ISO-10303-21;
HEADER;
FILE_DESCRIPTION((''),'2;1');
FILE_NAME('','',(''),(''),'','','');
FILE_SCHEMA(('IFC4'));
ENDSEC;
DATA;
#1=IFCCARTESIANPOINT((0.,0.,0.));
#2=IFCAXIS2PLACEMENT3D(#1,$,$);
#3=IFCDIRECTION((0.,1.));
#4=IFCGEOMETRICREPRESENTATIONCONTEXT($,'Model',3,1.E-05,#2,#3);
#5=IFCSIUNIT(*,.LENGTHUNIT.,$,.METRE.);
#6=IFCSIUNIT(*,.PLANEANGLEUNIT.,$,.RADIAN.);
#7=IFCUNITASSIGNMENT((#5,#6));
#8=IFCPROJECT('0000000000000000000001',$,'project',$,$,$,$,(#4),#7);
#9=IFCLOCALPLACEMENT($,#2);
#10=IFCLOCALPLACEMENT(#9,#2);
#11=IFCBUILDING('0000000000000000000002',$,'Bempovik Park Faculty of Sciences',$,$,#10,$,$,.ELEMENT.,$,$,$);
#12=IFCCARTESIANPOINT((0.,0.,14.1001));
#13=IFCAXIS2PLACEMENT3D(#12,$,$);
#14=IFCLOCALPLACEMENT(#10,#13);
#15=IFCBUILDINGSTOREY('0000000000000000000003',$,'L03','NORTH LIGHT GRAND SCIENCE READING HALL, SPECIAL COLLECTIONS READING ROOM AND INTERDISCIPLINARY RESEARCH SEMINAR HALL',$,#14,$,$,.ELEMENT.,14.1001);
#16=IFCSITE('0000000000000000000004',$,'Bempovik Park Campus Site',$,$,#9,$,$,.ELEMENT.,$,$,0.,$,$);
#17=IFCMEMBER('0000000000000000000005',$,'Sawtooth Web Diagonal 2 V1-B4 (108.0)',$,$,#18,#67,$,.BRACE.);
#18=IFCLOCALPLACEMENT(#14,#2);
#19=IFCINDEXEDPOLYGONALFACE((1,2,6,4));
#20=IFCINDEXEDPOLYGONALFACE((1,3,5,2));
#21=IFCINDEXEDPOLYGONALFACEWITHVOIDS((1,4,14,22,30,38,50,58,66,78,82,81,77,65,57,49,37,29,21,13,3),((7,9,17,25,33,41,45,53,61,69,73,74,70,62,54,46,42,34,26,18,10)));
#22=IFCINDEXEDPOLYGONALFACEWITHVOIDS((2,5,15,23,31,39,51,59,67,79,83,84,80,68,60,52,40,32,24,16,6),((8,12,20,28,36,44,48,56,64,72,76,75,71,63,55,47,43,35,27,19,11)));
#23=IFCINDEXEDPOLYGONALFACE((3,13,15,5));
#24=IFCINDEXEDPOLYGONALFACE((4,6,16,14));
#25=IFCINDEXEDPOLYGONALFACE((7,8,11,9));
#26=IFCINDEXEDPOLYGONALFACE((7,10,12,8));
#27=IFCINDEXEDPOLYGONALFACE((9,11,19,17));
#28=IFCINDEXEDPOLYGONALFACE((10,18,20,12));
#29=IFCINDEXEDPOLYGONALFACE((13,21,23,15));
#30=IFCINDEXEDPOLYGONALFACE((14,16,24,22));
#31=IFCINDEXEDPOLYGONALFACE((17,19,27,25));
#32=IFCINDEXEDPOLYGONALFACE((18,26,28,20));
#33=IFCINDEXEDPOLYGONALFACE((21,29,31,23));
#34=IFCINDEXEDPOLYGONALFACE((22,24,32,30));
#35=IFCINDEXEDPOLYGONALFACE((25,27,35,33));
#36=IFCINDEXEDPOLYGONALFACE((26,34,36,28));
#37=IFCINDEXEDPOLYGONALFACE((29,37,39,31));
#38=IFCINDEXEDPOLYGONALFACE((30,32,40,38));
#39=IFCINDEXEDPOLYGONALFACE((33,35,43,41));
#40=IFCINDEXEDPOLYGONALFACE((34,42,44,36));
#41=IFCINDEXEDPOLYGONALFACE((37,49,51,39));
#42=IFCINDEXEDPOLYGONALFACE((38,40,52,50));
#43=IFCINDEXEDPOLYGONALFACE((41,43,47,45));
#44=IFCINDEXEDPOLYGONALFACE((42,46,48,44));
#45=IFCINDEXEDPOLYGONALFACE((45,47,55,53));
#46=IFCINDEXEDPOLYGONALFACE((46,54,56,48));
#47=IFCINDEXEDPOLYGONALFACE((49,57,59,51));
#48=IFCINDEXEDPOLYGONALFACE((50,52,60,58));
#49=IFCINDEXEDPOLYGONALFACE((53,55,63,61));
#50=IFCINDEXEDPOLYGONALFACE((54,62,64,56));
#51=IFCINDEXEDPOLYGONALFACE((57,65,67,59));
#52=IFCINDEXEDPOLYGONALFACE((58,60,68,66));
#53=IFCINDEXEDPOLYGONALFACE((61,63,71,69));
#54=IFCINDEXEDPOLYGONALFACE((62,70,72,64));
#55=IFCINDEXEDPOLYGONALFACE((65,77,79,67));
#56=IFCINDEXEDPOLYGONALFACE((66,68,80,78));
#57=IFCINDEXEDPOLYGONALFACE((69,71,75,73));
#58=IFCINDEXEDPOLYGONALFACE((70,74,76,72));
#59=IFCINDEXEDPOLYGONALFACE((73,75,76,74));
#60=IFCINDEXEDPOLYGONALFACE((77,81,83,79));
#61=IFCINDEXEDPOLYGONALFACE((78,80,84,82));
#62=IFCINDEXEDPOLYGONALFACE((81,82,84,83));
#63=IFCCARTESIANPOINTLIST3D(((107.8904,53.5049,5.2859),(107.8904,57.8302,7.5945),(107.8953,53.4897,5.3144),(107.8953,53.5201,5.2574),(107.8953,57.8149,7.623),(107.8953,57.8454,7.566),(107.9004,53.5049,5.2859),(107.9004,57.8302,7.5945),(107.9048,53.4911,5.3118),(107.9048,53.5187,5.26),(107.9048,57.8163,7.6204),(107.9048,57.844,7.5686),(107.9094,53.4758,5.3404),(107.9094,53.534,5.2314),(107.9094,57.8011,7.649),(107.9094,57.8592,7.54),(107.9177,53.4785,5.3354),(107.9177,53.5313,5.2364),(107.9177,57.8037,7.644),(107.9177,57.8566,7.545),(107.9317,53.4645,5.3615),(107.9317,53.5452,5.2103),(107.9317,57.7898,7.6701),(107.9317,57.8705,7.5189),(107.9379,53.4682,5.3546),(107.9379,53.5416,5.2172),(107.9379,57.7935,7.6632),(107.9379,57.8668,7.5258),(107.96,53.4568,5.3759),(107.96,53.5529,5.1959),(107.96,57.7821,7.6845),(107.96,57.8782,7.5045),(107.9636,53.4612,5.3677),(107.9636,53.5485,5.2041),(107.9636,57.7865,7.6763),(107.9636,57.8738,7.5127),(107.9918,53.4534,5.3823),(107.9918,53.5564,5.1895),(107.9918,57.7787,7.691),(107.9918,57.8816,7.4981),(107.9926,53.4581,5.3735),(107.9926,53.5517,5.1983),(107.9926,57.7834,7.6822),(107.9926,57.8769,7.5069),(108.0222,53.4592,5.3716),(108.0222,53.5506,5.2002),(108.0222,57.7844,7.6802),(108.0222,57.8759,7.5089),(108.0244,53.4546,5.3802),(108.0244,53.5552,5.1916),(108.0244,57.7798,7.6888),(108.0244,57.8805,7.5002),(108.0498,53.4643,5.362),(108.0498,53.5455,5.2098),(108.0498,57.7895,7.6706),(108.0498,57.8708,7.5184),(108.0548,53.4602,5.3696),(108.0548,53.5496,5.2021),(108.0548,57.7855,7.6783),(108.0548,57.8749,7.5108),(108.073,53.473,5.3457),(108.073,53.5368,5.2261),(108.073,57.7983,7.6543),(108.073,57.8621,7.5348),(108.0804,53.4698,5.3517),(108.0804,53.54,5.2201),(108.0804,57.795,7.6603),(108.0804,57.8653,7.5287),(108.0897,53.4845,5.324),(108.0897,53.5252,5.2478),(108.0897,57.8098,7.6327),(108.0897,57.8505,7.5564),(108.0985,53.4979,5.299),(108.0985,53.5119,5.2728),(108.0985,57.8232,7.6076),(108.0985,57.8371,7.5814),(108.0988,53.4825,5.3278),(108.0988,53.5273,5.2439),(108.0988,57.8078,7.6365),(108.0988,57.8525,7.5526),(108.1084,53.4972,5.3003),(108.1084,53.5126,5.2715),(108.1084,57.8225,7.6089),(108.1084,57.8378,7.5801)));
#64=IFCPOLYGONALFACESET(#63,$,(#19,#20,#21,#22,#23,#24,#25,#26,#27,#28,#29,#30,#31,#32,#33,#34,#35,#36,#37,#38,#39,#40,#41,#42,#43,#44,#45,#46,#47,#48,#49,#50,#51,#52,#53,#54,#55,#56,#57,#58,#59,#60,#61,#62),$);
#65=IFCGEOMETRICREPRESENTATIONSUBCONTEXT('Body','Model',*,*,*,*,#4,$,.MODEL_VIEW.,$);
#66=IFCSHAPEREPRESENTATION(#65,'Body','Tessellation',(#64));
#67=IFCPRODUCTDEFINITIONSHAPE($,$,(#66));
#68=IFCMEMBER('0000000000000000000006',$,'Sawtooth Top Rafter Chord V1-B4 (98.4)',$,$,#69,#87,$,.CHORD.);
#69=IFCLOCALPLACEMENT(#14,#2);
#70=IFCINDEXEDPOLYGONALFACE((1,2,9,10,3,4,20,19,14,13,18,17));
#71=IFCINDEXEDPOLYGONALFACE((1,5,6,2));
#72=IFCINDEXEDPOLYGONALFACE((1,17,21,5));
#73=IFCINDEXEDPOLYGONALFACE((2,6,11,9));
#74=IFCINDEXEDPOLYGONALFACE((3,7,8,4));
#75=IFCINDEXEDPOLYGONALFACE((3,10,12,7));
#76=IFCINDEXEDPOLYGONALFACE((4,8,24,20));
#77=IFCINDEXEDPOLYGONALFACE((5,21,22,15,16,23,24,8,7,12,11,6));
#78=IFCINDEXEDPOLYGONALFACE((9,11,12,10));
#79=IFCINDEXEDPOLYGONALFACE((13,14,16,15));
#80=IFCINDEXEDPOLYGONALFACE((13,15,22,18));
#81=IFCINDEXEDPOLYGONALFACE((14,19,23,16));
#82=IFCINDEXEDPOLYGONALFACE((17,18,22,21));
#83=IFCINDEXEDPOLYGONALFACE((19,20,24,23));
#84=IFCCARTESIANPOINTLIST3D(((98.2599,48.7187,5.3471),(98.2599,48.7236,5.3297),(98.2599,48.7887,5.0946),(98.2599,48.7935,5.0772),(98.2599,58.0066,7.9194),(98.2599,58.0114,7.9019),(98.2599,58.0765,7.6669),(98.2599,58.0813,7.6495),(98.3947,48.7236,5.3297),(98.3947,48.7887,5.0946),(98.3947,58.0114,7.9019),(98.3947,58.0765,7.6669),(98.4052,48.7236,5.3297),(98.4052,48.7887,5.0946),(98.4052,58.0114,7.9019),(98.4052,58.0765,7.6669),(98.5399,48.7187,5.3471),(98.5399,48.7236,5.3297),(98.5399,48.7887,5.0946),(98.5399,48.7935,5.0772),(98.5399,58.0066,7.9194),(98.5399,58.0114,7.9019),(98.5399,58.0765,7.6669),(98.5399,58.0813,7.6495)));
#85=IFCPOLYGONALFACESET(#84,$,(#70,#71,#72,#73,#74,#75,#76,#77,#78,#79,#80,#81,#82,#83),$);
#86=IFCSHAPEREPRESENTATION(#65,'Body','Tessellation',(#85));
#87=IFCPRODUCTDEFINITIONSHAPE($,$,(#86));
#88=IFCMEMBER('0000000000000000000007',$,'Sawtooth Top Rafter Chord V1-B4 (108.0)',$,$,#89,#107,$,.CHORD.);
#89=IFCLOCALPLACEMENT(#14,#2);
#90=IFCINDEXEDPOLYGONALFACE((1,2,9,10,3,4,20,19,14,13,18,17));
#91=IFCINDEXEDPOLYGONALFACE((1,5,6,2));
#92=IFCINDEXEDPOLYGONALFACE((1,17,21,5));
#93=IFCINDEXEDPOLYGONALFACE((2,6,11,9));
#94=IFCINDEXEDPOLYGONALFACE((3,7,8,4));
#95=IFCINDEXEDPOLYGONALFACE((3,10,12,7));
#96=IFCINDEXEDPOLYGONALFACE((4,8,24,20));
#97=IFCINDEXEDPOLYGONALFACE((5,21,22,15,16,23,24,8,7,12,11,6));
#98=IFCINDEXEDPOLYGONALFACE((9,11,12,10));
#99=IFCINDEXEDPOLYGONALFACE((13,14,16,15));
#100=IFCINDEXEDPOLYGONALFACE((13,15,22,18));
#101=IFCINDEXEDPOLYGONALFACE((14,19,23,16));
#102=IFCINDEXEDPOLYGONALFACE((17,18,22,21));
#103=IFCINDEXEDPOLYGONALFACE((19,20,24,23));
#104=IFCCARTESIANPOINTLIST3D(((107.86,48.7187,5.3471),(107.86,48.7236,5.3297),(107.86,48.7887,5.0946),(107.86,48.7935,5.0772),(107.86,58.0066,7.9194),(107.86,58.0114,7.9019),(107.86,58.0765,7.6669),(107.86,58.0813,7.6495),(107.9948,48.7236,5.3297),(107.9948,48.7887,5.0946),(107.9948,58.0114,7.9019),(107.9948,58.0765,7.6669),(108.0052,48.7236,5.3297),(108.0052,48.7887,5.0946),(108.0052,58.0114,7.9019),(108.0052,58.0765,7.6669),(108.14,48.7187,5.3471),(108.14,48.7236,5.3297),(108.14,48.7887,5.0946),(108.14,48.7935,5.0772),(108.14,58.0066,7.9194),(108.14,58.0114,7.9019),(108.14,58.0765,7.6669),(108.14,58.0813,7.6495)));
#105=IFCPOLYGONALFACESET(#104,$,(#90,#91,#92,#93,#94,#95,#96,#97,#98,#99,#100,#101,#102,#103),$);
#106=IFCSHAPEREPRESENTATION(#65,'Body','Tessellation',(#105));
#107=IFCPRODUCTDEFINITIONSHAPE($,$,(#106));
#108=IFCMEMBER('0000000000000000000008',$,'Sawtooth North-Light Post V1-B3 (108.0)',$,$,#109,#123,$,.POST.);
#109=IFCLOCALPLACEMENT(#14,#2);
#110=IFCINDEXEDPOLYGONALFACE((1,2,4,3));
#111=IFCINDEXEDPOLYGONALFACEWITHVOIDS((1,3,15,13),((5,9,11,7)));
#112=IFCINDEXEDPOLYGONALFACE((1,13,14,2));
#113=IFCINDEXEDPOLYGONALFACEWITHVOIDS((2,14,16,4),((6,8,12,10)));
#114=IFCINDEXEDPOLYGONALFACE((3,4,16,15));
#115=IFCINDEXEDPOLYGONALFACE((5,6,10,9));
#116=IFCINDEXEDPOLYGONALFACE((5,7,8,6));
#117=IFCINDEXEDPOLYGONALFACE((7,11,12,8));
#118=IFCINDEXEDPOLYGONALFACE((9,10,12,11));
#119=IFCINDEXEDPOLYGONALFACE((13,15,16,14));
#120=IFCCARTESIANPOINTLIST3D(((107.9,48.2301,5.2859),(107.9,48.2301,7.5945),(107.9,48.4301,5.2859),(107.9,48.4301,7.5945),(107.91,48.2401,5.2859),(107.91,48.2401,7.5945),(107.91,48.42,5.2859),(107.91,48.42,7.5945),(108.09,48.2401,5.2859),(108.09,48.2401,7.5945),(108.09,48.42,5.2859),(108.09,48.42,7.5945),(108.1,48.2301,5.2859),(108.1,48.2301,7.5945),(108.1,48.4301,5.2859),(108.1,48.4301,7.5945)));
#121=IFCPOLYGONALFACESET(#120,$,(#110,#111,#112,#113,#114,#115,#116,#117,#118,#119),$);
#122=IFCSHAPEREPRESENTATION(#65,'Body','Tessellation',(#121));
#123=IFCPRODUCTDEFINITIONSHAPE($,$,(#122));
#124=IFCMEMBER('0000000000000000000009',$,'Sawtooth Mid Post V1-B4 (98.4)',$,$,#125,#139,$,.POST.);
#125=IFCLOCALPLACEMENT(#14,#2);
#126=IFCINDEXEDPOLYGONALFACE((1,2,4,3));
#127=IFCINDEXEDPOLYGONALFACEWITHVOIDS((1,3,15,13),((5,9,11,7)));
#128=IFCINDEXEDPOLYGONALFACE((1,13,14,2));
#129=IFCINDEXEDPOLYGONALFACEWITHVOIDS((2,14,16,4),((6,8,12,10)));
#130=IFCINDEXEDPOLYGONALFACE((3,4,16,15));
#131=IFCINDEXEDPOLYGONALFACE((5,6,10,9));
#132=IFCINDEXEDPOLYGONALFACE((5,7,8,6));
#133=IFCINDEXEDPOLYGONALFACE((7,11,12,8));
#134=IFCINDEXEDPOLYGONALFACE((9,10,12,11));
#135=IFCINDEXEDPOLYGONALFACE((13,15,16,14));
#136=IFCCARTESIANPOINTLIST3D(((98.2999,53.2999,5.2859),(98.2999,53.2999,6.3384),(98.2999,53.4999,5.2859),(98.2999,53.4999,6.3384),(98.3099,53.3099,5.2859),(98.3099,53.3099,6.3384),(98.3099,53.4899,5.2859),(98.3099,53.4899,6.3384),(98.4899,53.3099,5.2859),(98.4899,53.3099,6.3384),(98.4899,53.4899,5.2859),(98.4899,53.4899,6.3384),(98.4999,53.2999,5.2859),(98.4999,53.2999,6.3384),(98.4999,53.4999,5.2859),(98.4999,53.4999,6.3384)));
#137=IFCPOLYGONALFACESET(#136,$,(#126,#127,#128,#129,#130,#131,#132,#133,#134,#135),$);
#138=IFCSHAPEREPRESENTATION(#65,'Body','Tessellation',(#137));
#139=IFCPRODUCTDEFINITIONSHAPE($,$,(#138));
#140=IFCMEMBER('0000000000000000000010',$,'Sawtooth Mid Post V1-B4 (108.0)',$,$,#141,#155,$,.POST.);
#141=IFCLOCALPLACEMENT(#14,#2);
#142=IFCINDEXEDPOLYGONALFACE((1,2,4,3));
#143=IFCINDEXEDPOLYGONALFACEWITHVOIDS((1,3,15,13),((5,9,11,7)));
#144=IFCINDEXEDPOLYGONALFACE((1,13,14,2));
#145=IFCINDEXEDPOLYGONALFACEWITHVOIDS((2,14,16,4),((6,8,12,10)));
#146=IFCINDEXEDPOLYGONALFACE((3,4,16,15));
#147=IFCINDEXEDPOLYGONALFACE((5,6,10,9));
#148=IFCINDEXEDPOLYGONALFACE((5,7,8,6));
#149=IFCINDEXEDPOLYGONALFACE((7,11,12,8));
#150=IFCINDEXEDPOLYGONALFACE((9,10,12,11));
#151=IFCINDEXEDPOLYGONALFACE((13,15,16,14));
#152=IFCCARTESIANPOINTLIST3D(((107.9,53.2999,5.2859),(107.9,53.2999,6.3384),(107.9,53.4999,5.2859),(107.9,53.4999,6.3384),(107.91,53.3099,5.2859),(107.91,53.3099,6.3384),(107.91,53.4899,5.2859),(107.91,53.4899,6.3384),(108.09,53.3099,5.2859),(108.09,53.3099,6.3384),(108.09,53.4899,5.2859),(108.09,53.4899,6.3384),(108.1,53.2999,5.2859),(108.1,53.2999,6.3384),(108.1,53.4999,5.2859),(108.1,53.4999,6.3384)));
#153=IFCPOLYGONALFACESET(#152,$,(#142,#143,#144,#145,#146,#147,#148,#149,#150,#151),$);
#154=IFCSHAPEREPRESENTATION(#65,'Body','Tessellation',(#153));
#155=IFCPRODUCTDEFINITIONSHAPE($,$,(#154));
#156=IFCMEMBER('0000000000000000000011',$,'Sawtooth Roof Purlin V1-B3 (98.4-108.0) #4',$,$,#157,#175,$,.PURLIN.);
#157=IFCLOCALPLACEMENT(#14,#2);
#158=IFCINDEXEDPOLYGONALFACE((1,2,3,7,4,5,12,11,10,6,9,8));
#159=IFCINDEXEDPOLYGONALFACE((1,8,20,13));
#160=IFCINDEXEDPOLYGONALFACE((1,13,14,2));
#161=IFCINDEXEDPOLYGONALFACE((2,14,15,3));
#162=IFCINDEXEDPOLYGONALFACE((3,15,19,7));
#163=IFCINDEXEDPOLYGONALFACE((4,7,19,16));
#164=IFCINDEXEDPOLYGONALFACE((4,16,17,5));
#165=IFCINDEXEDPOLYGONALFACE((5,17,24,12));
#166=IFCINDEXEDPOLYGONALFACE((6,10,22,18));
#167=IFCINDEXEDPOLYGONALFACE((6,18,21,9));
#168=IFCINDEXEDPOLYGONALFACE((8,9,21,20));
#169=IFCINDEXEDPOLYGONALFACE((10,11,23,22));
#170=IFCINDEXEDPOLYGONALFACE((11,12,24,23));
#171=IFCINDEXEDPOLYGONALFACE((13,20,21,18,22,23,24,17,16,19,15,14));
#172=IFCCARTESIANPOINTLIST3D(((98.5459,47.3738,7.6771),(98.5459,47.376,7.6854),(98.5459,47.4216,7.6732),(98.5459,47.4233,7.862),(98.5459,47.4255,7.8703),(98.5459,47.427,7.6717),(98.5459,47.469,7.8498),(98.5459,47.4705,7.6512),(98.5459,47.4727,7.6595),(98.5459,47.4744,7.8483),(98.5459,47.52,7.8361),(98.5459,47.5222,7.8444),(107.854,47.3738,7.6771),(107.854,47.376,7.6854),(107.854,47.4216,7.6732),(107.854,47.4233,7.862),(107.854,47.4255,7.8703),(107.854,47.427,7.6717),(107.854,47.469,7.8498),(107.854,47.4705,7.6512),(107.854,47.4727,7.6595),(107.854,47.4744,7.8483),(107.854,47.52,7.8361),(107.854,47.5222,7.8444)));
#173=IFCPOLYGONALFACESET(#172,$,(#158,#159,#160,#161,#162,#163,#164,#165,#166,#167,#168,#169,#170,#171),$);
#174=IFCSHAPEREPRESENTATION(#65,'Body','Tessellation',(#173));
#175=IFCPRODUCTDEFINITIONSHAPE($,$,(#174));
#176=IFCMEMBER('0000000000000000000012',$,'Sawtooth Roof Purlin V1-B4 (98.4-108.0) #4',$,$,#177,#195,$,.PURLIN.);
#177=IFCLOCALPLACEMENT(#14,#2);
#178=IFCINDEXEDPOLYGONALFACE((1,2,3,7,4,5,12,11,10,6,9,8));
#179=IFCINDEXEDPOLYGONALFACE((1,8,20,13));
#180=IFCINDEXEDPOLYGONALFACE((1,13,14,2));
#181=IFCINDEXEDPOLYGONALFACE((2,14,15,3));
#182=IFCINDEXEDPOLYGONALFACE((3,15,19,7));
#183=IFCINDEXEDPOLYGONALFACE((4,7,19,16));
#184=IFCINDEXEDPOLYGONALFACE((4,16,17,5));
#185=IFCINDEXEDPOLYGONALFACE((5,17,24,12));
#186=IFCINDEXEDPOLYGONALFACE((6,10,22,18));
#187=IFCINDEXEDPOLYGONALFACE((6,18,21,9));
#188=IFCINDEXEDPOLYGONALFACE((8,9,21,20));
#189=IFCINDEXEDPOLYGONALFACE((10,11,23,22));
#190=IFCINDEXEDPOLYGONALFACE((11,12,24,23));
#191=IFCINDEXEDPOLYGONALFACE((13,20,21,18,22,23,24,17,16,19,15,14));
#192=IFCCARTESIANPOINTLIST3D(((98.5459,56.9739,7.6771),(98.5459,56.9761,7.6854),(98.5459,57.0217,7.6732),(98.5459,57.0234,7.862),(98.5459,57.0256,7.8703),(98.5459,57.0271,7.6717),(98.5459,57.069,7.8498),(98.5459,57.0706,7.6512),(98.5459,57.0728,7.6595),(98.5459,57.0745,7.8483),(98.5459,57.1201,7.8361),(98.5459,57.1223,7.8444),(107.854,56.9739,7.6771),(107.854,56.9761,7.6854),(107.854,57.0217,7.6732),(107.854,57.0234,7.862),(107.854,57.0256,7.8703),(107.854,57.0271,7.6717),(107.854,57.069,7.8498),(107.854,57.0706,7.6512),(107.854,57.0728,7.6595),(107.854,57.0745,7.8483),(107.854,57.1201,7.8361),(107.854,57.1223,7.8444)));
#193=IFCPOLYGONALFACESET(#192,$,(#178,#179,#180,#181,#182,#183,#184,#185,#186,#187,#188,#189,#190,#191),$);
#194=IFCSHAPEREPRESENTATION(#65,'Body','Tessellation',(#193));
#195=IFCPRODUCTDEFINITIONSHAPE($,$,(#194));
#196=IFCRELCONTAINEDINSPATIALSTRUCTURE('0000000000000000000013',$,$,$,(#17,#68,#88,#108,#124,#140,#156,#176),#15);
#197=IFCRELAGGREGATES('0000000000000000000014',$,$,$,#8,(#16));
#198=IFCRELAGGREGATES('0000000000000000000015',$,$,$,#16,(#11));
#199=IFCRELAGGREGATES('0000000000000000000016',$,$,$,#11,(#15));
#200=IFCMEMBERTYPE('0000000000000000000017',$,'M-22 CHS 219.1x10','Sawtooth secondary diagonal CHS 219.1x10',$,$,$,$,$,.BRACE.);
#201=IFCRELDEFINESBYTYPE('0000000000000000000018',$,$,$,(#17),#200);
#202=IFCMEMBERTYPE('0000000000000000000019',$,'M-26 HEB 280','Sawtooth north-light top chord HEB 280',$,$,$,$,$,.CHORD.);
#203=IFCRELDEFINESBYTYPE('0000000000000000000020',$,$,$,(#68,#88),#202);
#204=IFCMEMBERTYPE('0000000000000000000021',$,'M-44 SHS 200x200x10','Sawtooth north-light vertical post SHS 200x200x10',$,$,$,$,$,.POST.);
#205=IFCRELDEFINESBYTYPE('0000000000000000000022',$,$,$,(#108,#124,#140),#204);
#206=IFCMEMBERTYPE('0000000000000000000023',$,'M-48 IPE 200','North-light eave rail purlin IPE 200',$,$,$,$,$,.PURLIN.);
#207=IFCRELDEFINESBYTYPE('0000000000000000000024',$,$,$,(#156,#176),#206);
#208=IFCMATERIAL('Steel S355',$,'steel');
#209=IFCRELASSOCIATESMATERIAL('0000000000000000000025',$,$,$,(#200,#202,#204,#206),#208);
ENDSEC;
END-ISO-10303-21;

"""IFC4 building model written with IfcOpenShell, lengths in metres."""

from ifc_helpers import new_model, si_unit, direction, frame, origin, origin_2d, place, context, subcontext, project, spatial, hollow_rectangle, hollow_circle, i_section, extrude, material, material_profile, profile_set, type_object, element, save


model = new_model("IFC4")

# Units and contexts
model_context = context("Model", 3, precision=1e-05, world=origin(), true_north=direction((0.0, 1.0)))
body_context = subcontext(model_context, "Body", "Model", "MODEL_VIEW")
ifc_project = project(units=[si_unit("LENGTHUNIT", "METRE"), si_unit("PLANEANGLEUNIT", "RADIAN")], contexts=[model_context])

# Site, building, storey
site_placement = place(None, origin())
site = spatial("IfcSite", under=ifc_project, at=site_placement, Name="Bempovik Park Campus Site", CompositionType="ELEMENT", RefElevation=0.0)
building_placement = place(site_placement, origin())
building = spatial("IfcBuilding", under=site, at=building_placement, Name="Bempovik Park Faculty of Sciences", CompositionType="ELEMENT")
storey_placement = place(building_placement, frame((0.0, 0.0, 14.1001)))
storey = spatial("IfcBuildingStorey", under=building, at=storey_placement, Name="L03", Description="NORTH LIGHT GRAND SCIENCE READING HALL, SPECIAL COLLECTIONS READING ROOM AND INTERDISCIPLINARY RESEARCH SEMINAR HALL", CompositionType="ELEMENT", Elevation=14.1001)

# Shared definitions
ifc_material_1 = material(Name="Steel S355", Category="steel")

# Members
ifc_material_profile_1 = material_profile(ifc_material_1, hollow_circle(Radius=0.1096, WallThickness=0.01, at=origin_2d()), Name="CHS 219.1x10")
ifc_profile_set_1 = profile_set([ifc_material_profile_1], Name="Steel S355")
member_type_1 = type_object("IfcMemberType", Name="M-22 CHS 219.1x10", Description="Sawtooth secondary diagonal CHS 219.1x10", PredefinedType="BRACE", material=ifc_profile_set_1)
for number, where, z_axis, x_axis, name in (
    (1, (108.0, 53.5049, 5.2859), (0.0, 0.882199, 0.470878), (-1.0, 0.0, 0.0), "Sawtooth Web Diagonal 2 V1-B4 (108.0)"),
):
    element("IfcMember", number, at=place(storey_placement, frame(where, z_axis=z_axis, x_axis=x_axis)), inside=storey, type_object=member_type_1, Name=name, PredefinedType="BRACE", context=body_context, shape_type="SweptSolid", body=[
        extrude(hollow_circle(Radius=0.1096, WallThickness=0.01, at=origin_2d()), origin(), (0.0, 0.0, 1.0), 4.9028),
    ])
ifc_material_profile_2 = material_profile(ifc_material_1, i_section(OverallWidth=0.28, OverallDepth=0.28, WebThickness=0.0105, FlangeThickness=0.0181, at=origin_2d()), Name="HEB 280")
ifc_profile_set_2 = profile_set([ifc_material_profile_2], Name="Steel S355")
member_type_2 = type_object("IfcMemberType", Name="M-26 HEB 280", Description="Sawtooth north-light top chord HEB 280", PredefinedType="CHORD", material=ifc_profile_set_2)
for number, where, z_axis, x_axis, name in (
    (2, (98.3999, 48.7561, 5.2122), (0.0, 0.963723, 0.266903), (-1.0, 0.0, 0.0), "Sawtooth Top Rafter Chord V1-B4 (98.4)"),
    (3, (108.0, 48.7561, 5.2122), (0.0, 0.963723, 0.266903), (-1.0, 0.0, 0.0), "Sawtooth Top Rafter Chord V1-B4 (108.0)"),
):
    element("IfcMember", number, at=place(storey_placement, frame(where, z_axis=z_axis, x_axis=x_axis)), inside=storey, type_object=member_type_2, Name=name, PredefinedType="CHORD", context=body_context, shape_type="SweptSolid", body=[
        extrude(i_section(OverallWidth=0.28, OverallDepth=0.28, WebThickness=0.0105, FlangeThickness=0.0181, at=origin_2d()), origin(), (0.0, 0.0, 1.0), 9.6375),
    ])
ifc_material_profile_3 = material_profile(ifc_material_1, hollow_rectangle(XDim=0.2, YDim=0.2, WallThickness=0.01, at=origin_2d()), Name="SHS 200x200x10")
ifc_profile_set_3 = profile_set([ifc_material_profile_3], Name="Steel S355")
member_type_3 = type_object("IfcMemberType", Name="M-44 SHS 200x200x10", Description="Sawtooth north-light vertical post SHS 200x200x10", PredefinedType="POST", material=ifc_profile_set_3)
member_1_placement = place(storey_placement, frame((108.0, 48.3301, 5.2859), z_axis=(0.0, 0.0, 1.0), x_axis=(1.0, 0.0, 0.0)))
element("IfcMember", 4, at=member_1_placement, inside=storey, type_object=member_type_3, Name="Sawtooth North-Light Post V1-B3 (108.0)", PredefinedType="POST", context=body_context, shape_type="SweptSolid", body=[
    extrude(hollow_rectangle(XDim=0.2, YDim=0.2, WallThickness=0.01, at=origin_2d()), origin(), (0.0, 0.0, 1.0), 2.3086),
])
for number, where, z_axis, x_axis, name in (
    (5, (98.3999, 53.3999, 5.2859), (0.0, 0.0, 1.0), (1.0, 0.0, 0.0), "Sawtooth Mid Post V1-B4 (98.4)"),
    (6, (108.0, 53.3999, 5.2859), (0.0, 0.0, 1.0), (1.0, 0.0, 0.0), "Sawtooth Mid Post V1-B4 (108.0)"),
):
    element("IfcMember", number, at=place(storey_placement, frame(where, z_axis=z_axis, x_axis=x_axis)), inside=storey, type_object=member_type_3, Name=name, PredefinedType="POST", context=body_context, shape_type="SweptSolid", body=[
        extrude(hollow_rectangle(XDim=0.2, YDim=0.2, WallThickness=0.01, at=origin_2d()), origin(), (0.0, 0.0, 1.0), 1.0525),
    ])
ifc_material_profile_4 = material_profile(ifc_material_1, i_section(OverallWidth=0.1001, OverallDepth=0.2, WebThickness=0.0056, FlangeThickness=0.0085, at=origin_2d()), Name="IPE 200")
ifc_profile_set_4 = profile_set([ifc_material_profile_4], Name="Steel S355")
member_type_4 = type_object("IfcMemberType", Name="M-48 IPE 200", Description="North-light eave rail purlin IPE 200", PredefinedType="PURLIN", material=ifc_profile_set_4)
for number, where, z_axis, x_axis, name in (
    (7, (98.5459, 47.448, 7.7607), (1.0, 0.0, 0.0), (0.0, 0.965926, -0.258819), "Sawtooth Roof Purlin V1-B3 (98.4-108.0) #4"),
    (8, (98.5459, 57.0481, 7.7607), (1.0, 0.0, 0.0), (0.0, 0.965926, -0.258819), "Sawtooth Roof Purlin V1-B4 (98.4-108.0) #4"),
):
    element("IfcMember", number, at=place(storey_placement, frame(where, z_axis=z_axis, x_axis=x_axis)), inside=storey, type_object=member_type_4, Name=name, PredefinedType="PURLIN", context=body_context, shape_type="SweptSolid", body=[
        extrude(i_section(OverallWidth=0.1001, OverallDepth=0.2, WebThickness=0.0056, FlangeThickness=0.0085, at=origin_2d()), origin(), (0.0, 0.0, 1.0), 9.3081),
    ])

save(model, "model.ifc")
